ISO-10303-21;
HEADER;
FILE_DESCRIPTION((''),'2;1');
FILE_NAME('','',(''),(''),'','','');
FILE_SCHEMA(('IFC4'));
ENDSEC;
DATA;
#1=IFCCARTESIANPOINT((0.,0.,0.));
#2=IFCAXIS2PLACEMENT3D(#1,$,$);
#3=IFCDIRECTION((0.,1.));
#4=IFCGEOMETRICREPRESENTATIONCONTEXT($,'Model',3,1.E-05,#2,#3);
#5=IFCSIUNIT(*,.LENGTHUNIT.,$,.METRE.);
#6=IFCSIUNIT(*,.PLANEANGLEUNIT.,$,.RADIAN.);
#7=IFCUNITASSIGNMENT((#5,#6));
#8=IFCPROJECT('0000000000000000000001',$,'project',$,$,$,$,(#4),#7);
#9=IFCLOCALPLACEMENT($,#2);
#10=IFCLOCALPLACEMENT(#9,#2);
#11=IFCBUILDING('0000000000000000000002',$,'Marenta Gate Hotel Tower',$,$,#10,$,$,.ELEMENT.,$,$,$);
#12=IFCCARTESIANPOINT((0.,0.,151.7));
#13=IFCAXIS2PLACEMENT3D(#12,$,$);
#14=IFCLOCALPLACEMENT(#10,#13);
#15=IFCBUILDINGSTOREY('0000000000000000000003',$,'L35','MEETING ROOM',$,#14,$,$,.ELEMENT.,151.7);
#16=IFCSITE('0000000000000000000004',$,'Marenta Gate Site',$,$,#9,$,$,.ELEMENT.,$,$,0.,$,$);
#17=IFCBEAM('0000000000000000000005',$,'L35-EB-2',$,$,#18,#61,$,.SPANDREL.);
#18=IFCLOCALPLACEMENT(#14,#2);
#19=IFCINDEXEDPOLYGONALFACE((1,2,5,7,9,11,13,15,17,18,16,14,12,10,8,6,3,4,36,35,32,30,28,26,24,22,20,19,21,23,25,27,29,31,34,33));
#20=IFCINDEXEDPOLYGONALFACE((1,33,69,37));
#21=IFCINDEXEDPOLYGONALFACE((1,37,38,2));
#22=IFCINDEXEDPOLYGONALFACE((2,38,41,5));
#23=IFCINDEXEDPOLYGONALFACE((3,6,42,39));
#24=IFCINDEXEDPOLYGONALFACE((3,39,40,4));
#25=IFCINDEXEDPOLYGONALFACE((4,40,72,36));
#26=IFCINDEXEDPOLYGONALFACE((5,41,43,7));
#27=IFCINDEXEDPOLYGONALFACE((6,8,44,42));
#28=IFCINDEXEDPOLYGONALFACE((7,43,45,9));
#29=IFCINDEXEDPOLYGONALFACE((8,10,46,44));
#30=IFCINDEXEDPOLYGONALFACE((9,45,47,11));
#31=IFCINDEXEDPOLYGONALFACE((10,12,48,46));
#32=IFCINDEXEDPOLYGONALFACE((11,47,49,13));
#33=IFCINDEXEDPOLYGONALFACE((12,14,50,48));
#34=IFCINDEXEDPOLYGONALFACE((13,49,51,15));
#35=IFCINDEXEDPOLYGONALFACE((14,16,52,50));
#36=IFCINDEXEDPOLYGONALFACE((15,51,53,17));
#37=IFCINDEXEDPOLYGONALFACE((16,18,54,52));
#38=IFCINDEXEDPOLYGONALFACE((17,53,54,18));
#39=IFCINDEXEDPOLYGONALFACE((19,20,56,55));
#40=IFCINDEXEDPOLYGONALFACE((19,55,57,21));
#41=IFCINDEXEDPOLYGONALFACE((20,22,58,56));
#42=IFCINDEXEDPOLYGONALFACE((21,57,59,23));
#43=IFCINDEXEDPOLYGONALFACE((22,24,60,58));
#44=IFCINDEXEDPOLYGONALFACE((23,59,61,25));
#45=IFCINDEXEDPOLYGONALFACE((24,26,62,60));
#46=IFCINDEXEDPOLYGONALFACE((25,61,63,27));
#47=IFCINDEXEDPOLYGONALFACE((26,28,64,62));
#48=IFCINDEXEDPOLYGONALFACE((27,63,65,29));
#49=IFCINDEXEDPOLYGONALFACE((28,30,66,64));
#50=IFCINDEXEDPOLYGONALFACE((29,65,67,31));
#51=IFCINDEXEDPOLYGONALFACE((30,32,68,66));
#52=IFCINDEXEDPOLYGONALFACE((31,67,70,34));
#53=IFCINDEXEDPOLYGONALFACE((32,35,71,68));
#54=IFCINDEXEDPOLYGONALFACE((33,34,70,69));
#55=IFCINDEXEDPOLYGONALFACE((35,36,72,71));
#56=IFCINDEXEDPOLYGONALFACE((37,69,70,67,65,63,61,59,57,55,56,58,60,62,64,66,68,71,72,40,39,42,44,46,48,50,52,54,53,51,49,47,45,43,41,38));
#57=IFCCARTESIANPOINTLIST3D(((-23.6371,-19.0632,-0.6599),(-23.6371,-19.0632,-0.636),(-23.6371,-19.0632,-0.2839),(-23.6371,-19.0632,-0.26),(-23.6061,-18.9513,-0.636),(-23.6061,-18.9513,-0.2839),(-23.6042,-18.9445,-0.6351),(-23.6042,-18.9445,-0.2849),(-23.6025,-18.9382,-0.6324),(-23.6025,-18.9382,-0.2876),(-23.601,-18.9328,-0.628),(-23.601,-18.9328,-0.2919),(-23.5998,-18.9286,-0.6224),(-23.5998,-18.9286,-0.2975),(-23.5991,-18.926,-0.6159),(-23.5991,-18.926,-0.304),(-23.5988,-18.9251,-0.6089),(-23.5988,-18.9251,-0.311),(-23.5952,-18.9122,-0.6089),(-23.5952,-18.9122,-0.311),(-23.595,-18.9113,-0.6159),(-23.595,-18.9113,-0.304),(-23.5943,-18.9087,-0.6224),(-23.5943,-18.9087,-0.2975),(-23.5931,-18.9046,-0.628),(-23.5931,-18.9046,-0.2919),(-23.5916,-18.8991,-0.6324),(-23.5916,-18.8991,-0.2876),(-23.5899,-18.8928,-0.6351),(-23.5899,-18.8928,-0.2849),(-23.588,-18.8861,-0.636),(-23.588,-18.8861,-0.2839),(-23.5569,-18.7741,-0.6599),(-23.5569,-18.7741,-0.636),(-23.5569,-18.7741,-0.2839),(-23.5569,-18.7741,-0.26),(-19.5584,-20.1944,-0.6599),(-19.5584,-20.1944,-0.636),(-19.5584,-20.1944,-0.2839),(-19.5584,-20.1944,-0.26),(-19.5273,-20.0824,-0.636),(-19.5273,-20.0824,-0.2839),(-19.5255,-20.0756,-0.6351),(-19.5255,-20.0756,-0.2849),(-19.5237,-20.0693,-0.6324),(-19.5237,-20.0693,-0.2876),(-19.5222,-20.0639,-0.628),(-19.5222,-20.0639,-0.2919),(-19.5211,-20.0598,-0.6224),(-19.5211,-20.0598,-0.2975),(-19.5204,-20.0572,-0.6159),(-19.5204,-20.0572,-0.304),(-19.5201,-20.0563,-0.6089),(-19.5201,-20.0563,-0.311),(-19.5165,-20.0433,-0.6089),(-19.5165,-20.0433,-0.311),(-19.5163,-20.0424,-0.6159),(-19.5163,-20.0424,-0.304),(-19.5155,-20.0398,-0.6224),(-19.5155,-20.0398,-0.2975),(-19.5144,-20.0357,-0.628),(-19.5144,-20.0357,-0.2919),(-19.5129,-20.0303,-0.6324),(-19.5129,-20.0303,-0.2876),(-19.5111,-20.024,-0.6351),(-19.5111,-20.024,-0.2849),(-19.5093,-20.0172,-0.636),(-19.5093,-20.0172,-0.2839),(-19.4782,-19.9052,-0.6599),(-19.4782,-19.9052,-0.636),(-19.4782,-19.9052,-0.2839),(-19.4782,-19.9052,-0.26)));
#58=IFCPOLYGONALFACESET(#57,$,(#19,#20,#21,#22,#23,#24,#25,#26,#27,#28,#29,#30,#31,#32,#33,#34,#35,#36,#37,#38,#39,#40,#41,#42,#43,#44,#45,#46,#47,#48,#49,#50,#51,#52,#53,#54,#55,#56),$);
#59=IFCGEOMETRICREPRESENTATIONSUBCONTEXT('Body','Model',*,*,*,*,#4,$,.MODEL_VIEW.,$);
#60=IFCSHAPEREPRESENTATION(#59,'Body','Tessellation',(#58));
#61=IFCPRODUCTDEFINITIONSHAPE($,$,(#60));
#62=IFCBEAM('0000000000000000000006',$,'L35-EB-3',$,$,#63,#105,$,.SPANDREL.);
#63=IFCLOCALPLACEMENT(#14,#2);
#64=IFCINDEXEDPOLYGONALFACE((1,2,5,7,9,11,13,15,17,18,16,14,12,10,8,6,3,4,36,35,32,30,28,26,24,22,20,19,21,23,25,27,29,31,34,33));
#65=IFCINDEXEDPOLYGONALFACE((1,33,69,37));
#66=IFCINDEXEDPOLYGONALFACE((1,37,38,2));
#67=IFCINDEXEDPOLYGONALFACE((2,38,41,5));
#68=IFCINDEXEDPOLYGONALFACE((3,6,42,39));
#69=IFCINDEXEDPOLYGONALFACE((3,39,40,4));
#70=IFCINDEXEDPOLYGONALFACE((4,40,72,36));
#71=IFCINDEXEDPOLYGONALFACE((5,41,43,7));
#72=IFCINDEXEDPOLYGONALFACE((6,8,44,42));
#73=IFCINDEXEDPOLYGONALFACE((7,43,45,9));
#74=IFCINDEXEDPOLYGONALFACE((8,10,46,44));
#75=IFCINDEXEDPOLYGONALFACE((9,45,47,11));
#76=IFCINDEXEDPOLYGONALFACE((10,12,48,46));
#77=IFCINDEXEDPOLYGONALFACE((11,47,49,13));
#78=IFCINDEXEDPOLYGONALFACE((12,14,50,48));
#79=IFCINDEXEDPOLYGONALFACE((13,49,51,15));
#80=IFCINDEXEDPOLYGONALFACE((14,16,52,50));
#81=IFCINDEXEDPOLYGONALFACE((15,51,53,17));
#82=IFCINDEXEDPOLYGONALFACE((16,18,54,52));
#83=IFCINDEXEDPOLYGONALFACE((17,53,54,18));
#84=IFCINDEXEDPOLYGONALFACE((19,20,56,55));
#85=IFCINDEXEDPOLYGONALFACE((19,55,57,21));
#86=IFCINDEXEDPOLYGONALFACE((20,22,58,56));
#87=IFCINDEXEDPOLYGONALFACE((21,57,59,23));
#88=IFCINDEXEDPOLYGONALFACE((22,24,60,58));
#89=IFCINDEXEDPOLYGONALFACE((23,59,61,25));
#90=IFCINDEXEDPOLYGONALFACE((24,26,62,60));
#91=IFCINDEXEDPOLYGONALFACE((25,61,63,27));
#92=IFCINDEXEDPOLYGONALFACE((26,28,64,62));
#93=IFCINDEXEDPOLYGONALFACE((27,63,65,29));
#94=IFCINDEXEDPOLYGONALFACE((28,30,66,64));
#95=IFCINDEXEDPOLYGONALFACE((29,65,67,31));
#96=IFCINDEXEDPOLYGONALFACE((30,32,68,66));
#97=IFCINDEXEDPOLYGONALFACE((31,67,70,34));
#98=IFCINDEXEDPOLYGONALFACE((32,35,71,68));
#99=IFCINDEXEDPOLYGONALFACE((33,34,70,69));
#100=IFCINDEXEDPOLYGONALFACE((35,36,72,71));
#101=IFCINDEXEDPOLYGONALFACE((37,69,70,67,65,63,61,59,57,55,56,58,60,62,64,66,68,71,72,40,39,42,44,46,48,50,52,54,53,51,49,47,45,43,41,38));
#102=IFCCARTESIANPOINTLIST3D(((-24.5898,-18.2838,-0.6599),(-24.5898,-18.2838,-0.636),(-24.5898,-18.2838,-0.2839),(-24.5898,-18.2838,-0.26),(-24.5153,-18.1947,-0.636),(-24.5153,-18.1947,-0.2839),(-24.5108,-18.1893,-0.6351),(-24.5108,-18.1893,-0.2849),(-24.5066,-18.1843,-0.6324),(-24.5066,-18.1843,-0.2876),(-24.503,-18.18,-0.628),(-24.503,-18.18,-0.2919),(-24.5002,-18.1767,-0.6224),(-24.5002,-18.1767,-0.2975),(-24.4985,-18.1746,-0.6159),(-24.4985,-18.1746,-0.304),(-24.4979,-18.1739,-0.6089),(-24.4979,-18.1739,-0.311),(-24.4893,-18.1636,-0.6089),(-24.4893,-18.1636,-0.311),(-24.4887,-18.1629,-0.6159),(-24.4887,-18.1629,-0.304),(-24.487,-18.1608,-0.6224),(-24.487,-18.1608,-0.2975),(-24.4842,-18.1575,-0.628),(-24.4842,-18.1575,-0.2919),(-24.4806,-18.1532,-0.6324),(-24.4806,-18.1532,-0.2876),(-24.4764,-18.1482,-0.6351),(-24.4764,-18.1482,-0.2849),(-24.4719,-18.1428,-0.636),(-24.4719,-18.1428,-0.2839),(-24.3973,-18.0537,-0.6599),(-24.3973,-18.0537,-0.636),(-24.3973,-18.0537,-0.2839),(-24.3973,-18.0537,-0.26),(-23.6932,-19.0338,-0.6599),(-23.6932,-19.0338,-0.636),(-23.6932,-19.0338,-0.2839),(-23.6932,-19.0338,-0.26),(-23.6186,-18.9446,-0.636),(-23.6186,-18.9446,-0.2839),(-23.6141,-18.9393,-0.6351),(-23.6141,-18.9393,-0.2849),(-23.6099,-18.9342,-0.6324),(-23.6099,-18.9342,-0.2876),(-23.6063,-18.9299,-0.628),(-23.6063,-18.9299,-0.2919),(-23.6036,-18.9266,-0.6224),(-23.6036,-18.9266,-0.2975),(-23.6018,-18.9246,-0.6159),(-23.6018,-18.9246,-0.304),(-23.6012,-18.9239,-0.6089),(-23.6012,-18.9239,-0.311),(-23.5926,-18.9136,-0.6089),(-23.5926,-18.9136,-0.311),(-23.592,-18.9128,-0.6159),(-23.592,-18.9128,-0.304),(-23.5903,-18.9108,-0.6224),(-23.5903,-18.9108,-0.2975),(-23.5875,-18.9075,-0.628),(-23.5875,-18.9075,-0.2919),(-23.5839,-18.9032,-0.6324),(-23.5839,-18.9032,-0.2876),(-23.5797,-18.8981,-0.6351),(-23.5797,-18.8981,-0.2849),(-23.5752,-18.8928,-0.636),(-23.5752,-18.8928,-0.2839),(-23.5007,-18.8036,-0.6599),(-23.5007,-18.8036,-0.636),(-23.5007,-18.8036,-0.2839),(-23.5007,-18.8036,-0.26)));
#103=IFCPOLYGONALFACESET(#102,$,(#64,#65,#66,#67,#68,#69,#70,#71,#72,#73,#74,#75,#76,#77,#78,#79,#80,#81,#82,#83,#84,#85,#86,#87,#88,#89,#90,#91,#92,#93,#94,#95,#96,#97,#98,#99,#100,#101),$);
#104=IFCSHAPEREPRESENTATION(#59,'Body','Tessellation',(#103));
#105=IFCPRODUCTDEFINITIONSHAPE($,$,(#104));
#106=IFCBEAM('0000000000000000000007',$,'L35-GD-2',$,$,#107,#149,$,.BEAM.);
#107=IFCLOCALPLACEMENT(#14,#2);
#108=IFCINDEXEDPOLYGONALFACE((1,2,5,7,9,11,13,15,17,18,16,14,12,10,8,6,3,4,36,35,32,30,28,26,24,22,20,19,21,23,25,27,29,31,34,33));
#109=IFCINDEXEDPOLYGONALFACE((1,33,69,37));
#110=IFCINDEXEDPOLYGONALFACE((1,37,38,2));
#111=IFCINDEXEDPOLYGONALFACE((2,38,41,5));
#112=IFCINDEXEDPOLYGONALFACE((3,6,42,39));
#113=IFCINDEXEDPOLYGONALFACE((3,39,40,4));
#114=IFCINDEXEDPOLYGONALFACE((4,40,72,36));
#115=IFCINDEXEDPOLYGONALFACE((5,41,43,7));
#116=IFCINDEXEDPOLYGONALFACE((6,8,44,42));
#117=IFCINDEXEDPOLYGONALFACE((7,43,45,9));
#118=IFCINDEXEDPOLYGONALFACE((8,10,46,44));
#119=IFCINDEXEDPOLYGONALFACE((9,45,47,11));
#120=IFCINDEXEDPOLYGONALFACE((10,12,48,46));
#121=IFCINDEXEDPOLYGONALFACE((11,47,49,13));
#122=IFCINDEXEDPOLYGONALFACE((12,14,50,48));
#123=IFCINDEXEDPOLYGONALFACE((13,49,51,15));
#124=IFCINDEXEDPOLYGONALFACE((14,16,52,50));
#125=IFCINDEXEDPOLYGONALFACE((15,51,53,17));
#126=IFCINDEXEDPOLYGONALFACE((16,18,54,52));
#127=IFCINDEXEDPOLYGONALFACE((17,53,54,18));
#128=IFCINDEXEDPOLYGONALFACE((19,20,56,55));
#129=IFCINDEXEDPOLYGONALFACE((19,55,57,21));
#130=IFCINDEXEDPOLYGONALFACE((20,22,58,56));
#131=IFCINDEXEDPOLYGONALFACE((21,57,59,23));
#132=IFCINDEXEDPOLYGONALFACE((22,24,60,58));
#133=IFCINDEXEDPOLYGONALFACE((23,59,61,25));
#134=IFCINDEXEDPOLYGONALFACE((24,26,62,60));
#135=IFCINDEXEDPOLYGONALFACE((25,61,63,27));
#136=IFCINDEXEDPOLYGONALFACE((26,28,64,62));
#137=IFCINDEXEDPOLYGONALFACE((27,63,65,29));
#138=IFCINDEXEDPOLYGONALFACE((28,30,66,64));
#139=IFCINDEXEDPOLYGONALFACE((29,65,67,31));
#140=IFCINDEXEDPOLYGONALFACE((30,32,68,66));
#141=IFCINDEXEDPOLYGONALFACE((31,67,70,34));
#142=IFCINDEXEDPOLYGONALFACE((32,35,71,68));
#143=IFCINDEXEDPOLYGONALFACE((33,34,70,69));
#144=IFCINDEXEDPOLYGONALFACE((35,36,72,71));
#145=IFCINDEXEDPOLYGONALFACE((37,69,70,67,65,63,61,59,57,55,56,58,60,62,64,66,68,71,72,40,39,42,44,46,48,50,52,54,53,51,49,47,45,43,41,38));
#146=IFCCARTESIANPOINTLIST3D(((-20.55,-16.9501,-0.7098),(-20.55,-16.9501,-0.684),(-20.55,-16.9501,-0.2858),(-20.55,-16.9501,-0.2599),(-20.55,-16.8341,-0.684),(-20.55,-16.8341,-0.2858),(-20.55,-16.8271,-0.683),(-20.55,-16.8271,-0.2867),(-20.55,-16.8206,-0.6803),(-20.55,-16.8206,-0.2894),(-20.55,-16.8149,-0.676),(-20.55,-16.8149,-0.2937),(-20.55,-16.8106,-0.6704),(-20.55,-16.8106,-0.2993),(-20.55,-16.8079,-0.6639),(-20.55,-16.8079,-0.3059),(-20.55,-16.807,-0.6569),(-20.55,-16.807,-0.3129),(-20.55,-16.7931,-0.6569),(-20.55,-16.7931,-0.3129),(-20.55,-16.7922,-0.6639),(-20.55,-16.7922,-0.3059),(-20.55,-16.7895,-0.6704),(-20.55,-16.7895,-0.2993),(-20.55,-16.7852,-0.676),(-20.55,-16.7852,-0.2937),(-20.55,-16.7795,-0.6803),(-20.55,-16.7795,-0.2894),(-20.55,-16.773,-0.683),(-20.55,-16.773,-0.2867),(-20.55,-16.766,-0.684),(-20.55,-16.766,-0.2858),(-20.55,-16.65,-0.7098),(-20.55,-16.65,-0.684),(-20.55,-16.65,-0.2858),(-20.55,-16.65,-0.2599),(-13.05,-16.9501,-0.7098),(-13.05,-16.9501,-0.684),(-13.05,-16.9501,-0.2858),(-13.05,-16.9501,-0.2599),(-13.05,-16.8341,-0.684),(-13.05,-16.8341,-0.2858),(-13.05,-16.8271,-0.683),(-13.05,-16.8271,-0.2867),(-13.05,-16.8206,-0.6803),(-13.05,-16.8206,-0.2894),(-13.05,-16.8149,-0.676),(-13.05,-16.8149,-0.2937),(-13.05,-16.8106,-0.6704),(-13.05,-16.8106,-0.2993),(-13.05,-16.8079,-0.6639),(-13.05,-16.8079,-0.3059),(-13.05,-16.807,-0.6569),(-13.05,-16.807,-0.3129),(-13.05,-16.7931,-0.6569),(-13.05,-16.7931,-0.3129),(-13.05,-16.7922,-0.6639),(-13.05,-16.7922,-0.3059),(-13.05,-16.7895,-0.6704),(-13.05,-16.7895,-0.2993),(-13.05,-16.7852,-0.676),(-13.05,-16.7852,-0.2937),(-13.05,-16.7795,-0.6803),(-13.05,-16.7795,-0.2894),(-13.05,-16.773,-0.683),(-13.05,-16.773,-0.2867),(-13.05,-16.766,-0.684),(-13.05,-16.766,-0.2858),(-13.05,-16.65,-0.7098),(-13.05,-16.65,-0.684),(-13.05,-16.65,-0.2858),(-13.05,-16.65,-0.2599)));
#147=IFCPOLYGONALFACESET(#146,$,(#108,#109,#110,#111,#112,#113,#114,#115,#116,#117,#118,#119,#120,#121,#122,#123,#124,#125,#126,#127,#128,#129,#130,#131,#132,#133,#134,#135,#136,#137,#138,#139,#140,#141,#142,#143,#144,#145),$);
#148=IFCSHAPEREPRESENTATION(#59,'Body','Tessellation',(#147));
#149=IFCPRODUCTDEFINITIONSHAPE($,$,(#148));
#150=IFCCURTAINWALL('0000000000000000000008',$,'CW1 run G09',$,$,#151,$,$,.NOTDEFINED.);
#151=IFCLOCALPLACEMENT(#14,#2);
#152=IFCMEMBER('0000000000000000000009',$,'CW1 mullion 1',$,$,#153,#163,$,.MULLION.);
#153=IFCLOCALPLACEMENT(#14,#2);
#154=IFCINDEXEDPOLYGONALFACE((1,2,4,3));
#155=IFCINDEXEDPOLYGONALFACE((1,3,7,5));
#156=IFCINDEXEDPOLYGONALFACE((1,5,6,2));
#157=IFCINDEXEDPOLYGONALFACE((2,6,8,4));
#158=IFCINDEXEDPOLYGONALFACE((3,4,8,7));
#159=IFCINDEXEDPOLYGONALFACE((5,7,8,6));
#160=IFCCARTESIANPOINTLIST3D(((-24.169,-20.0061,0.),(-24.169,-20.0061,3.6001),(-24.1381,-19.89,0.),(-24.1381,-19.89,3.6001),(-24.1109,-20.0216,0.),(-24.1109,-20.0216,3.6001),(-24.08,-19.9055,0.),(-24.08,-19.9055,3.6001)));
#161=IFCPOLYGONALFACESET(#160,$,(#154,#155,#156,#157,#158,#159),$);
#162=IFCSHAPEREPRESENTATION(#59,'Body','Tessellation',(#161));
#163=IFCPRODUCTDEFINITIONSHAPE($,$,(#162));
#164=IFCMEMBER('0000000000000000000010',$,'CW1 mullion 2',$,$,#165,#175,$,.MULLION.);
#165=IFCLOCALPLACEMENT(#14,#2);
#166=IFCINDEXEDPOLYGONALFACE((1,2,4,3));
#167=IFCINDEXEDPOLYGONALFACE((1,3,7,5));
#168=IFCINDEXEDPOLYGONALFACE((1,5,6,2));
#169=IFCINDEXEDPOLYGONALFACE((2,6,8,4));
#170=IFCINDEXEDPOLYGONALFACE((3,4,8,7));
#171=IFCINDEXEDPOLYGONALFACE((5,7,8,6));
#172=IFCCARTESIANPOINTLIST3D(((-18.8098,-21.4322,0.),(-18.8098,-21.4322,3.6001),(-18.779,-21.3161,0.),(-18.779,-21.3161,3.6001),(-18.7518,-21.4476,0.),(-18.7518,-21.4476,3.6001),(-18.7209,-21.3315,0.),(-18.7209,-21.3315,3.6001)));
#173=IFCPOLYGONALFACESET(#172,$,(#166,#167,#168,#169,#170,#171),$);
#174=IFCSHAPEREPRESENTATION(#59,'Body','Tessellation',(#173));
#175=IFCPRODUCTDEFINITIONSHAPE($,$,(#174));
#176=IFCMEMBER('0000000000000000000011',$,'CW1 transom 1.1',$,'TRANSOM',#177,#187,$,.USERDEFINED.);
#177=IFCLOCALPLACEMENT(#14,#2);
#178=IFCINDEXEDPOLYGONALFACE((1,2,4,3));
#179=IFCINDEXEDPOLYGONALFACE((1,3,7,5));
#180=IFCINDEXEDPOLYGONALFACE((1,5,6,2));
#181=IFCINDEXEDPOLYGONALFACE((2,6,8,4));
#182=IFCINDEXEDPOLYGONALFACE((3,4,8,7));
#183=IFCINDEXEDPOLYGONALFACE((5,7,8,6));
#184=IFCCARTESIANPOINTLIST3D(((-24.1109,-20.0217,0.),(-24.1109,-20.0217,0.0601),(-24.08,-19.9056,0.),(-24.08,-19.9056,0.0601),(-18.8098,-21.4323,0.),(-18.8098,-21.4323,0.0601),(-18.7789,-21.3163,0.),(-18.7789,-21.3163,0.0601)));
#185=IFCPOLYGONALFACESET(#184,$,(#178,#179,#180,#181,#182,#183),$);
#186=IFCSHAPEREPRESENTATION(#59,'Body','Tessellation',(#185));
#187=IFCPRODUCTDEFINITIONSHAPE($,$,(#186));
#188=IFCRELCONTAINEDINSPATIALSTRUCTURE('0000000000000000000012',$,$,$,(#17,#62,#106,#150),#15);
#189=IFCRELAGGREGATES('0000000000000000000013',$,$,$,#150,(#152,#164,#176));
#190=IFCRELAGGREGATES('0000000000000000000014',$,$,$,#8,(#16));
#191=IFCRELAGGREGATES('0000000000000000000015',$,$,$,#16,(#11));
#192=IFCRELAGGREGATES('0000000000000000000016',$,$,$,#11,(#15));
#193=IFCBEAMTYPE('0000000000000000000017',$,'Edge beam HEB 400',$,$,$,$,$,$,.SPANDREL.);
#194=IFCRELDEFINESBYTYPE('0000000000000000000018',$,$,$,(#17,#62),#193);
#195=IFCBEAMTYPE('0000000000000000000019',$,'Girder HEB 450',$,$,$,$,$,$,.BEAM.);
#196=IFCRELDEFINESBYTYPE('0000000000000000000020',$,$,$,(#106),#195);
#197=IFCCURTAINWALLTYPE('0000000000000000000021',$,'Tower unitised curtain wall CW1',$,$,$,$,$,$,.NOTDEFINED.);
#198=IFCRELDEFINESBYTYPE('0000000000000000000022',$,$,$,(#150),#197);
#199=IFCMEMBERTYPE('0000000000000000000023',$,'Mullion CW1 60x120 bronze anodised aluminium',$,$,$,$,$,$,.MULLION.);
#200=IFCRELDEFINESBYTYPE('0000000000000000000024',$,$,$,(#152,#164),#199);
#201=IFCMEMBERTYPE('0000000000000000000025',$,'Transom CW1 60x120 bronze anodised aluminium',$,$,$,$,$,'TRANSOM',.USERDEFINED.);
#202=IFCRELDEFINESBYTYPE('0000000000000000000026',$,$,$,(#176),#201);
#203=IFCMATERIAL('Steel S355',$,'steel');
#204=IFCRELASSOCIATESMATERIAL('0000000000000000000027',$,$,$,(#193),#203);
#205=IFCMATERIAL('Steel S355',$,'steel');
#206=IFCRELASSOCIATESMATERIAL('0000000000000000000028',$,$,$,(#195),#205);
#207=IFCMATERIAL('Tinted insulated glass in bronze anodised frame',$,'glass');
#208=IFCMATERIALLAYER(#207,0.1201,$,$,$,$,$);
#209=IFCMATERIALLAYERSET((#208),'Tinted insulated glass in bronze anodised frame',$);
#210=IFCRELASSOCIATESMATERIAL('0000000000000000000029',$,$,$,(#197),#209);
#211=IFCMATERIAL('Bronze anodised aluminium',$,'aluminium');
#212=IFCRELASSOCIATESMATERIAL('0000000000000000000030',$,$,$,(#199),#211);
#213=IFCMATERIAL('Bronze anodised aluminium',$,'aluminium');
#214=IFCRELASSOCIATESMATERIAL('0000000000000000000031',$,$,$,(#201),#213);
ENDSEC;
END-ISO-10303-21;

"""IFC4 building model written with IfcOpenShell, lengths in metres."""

from ifc_helpers import new_model, si_unit, direction, frame, origin, origin_2d, place, context, subcontext, project, spatial, rectangle, i_section, extrude, material, layer, layer_set, material_profile, profile_set, type_object, element, aggregate, save


model = new_model("IFC4")

# Units and contexts
model_context = context("Model", 3, precision=1e-05, world=origin(), true_north=direction((0.0, 1.0)))
body_context = subcontext(model_context, "Body", "Model", "MODEL_VIEW")
ifc_project = project(units=[si_unit("LENGTHUNIT", "METRE"), si_unit("PLANEANGLEUNIT", "RADIAN")], contexts=[model_context])

# Site, building, storey
site_placement = place(None, origin())
site = spatial("IfcSite", under=ifc_project, at=site_placement, Name="Marenta Gate Site", CompositionType="ELEMENT", RefElevation=0.0)
building_placement = place(site_placement, origin())
building = spatial("IfcBuilding", under=site, at=building_placement, Name="Marenta Gate Hotel Tower", CompositionType="ELEMENT")
storey_placement = place(building_placement, frame((0.0, 0.0, 151.7)))
storey = spatial("IfcBuildingStorey", under=building, at=storey_placement, Name="L35", Description="MEETING ROOM", CompositionType="ELEMENT", Elevation=151.7)

# Beams
ifc_material_1 = material(Name="Steel S355", Category="steel")
ifc_material_profile_1 = material_profile(ifc_material_1, i_section(OverallWidth=0.3, OverallDepth=0.3999, WebThickness=0.0134, FlangeThickness=0.0239, FilletRadius=0.0271, at=origin_2d()), Name="HEB 400")
ifc_profile_set_1 = profile_set([ifc_material_profile_1], Name="Steel S355")
beam_type_1 = type_object("IfcBeamType", Name="Edge beam HEB 400", PredefinedType="SPANDREL", material=ifc_profile_set_1)
beam_1_placement = place(storey_placement, frame((-19.5183, -20.0498, -0.46), z_axis=(-0.96363, 0.267239, 0.0), x_axis=(-0.267239, -0.96363, 0.0)))
element("IfcBeam", 1, at=beam_1_placement, inside=storey, type_object=beam_type_1, Name="L35-EB-2", PredefinedType="SPANDREL", context=body_context, shape_type="SweptSolid", body=[
    extrude(i_section(OverallWidth=0.3, OverallDepth=0.3999, WebThickness=0.0134, FlangeThickness=0.0239, FilletRadius=0.0271, at=origin_2d()), origin(), (0.0, 0.0, 1.0), 4.2327),
])
beam_2_placement = place(storey_placement, frame((-23.5969, -18.9187, -0.46), z_axis=(-0.767073, 0.64156, 0.0), x_axis=(-0.64156, -0.767073, 0.0)))
element("IfcBeam", 2, at=beam_2_placement, inside=storey, type_object=beam_type_1, Name="L35-EB-3", PredefinedType="SPANDREL", context=body_context, shape_type="SweptSolid", body=[
    extrude(i_section(OverallWidth=0.3, OverallDepth=0.3999, WebThickness=0.0134, FlangeThickness=0.0239, FilletRadius=0.0271, at=origin_2d()), origin(), (0.0, 0.0, 1.0), 1.1689),
])
ifc_material_2 = material(Name="Steel S355", Category="steel")
ifc_material_profile_2 = material_profile(ifc_material_2, i_section(OverallWidth=0.3, OverallDepth=0.45, WebThickness=0.0139, FlangeThickness=0.0259, FilletRadius=0.0271, at=origin_2d()), Name="HEB 450")
ifc_profile_set_2 = profile_set([ifc_material_profile_2], Name="Steel S355")
beam_type_2 = type_object("IfcBeamType", Name="Girder HEB 450", PredefinedType="BEAM", material=ifc_profile_set_2)
beam_3_placement = place(storey_placement, frame((-20.55, -16.8, -0.4849), z_axis=(1.0, 0.0, 0.0), x_axis=(0.0, 1.0, 0.0)))
element("IfcBeam", 3, at=beam_3_placement, inside=storey, type_object=beam_type_2, Name="L35-GD-2", PredefinedType="BEAM", context=body_context, shape_type="SweptSolid", body=[
    extrude(i_section(OverallWidth=0.3, OverallDepth=0.45, WebThickness=0.0139, FlangeThickness=0.0259, FilletRadius=0.0271, at=origin_2d()), origin(), (0.0, 0.0, 1.0), 7.5),
])

# Curtain wall, members
ifc_material_3 = material(Name="Tinted insulated glass in bronze anodised frame", Category="glass")
ifc_layer_1 = layer(ifc_material_3, 0.1201)
ifc_layer_set_1 = layer_set([ifc_layer_1], Name="Tinted insulated glass in bronze anodised frame")
curtain_wall_type = type_object("IfcCurtainWallType", Name="Tower unitised curtain wall CW1", PredefinedType="NOTDEFINED", material=ifc_layer_set_1)
curtain_wall_placement = place(storey_placement, origin())
curtain_wall = element("IfcCurtainWall", 4, at=curtain_wall_placement, inside=storey, type_object=curtain_wall_type, Name="CW1 run G09", PredefinedType="NOTDEFINED")
ifc_material_4 = material(Name="Bronze anodised aluminium", Category="aluminium")
ifc_material_profile_3 = material_profile(ifc_material_4, rectangle(XDim=0.1201, YDim=0.0601, at=origin_2d()), Name="Mullion CW1 60x120 bronze anodised aluminium")
ifc_profile_set_3 = profile_set([ifc_material_profile_3], Name="Bronze anodised aluminium")
member_type_1 = type_object("IfcMemberType", Name="Mullion CW1 60x120 bronze anodised aluminium", PredefinedType="MULLION", material=ifc_profile_set_3)
member_1_placement = place(storey_placement, frame((-24.1245, -19.9558, 0.0), z_axis=(0.0, 0.0, 1.0), x_axis=(0.257144, 0.966373, 0.0)))
member_1 = element("IfcMember", 5, at=member_1_placement, type_object=member_type_1, Name="CW1 mullion 1", PredefinedType="MULLION", context=body_context, shape_type="SweptSolid", body=[
    extrude(rectangle(XDim=0.1201, YDim=0.0601, at=origin_2d()), origin(), (0.0, 0.0, 1.0), 3.6001),
])
member_2_placement = place(storey_placement, frame((-18.7654, -21.3818, 0.0), z_axis=(0.0, 0.0, 1.0), x_axis=(0.257144, 0.966373, 0.0)))
member_2 = element("IfcMember", 6, at=member_2_placement, type_object=member_type_1, Name="CW1 mullion 2", PredefinedType="MULLION", context=body_context, shape_type="SweptSolid", body=[
    extrude(rectangle(XDim=0.1201, YDim=0.0601, at=origin_2d()), origin(), (0.0, 0.0, 1.0), 3.6001),
])
ifc_material_5 = material(Name="Bronze anodised aluminium", Category="aluminium")
ifc_material_profile_4 = material_profile(ifc_material_5, rectangle(XDim=0.1201, YDim=0.0601, at=origin_2d()), Name="Transom CW1 60x120 bronze anodised aluminium")
ifc_profile_set_4 = profile_set([ifc_material_profile_4], Name="Bronze anodised aluminium")
member_type_2 = type_object("IfcMemberType", Name="Transom CW1 60x120 bronze anodised aluminium", ElementType="TRANSOM", PredefinedType="USERDEFINED", material=ifc_profile_set_4)
member_3_placement = place(storey_placement, frame((-24.0955, -19.9636, 0.03), z_axis=(0.966369, -0.257158, 0.0), x_axis=(0.257158, 0.966369, 0.0)))
member_3 = element("IfcMember", 7, at=member_3_placement, type_object=member_type_2, Name="CW1 transom 1.1", ObjectType="TRANSOM", PredefinedType="USERDEFINED", context=body_context, shape_type="SweptSolid", body=[
    extrude(rectangle(XDim=0.1201, YDim=0.0601, at=origin_2d()), origin(), (0.0, 0.0, 1.0), 5.4856),
])
aggregate(curtain_wall, [member_1, member_2, member_3])

save(model, "model.ifc")
